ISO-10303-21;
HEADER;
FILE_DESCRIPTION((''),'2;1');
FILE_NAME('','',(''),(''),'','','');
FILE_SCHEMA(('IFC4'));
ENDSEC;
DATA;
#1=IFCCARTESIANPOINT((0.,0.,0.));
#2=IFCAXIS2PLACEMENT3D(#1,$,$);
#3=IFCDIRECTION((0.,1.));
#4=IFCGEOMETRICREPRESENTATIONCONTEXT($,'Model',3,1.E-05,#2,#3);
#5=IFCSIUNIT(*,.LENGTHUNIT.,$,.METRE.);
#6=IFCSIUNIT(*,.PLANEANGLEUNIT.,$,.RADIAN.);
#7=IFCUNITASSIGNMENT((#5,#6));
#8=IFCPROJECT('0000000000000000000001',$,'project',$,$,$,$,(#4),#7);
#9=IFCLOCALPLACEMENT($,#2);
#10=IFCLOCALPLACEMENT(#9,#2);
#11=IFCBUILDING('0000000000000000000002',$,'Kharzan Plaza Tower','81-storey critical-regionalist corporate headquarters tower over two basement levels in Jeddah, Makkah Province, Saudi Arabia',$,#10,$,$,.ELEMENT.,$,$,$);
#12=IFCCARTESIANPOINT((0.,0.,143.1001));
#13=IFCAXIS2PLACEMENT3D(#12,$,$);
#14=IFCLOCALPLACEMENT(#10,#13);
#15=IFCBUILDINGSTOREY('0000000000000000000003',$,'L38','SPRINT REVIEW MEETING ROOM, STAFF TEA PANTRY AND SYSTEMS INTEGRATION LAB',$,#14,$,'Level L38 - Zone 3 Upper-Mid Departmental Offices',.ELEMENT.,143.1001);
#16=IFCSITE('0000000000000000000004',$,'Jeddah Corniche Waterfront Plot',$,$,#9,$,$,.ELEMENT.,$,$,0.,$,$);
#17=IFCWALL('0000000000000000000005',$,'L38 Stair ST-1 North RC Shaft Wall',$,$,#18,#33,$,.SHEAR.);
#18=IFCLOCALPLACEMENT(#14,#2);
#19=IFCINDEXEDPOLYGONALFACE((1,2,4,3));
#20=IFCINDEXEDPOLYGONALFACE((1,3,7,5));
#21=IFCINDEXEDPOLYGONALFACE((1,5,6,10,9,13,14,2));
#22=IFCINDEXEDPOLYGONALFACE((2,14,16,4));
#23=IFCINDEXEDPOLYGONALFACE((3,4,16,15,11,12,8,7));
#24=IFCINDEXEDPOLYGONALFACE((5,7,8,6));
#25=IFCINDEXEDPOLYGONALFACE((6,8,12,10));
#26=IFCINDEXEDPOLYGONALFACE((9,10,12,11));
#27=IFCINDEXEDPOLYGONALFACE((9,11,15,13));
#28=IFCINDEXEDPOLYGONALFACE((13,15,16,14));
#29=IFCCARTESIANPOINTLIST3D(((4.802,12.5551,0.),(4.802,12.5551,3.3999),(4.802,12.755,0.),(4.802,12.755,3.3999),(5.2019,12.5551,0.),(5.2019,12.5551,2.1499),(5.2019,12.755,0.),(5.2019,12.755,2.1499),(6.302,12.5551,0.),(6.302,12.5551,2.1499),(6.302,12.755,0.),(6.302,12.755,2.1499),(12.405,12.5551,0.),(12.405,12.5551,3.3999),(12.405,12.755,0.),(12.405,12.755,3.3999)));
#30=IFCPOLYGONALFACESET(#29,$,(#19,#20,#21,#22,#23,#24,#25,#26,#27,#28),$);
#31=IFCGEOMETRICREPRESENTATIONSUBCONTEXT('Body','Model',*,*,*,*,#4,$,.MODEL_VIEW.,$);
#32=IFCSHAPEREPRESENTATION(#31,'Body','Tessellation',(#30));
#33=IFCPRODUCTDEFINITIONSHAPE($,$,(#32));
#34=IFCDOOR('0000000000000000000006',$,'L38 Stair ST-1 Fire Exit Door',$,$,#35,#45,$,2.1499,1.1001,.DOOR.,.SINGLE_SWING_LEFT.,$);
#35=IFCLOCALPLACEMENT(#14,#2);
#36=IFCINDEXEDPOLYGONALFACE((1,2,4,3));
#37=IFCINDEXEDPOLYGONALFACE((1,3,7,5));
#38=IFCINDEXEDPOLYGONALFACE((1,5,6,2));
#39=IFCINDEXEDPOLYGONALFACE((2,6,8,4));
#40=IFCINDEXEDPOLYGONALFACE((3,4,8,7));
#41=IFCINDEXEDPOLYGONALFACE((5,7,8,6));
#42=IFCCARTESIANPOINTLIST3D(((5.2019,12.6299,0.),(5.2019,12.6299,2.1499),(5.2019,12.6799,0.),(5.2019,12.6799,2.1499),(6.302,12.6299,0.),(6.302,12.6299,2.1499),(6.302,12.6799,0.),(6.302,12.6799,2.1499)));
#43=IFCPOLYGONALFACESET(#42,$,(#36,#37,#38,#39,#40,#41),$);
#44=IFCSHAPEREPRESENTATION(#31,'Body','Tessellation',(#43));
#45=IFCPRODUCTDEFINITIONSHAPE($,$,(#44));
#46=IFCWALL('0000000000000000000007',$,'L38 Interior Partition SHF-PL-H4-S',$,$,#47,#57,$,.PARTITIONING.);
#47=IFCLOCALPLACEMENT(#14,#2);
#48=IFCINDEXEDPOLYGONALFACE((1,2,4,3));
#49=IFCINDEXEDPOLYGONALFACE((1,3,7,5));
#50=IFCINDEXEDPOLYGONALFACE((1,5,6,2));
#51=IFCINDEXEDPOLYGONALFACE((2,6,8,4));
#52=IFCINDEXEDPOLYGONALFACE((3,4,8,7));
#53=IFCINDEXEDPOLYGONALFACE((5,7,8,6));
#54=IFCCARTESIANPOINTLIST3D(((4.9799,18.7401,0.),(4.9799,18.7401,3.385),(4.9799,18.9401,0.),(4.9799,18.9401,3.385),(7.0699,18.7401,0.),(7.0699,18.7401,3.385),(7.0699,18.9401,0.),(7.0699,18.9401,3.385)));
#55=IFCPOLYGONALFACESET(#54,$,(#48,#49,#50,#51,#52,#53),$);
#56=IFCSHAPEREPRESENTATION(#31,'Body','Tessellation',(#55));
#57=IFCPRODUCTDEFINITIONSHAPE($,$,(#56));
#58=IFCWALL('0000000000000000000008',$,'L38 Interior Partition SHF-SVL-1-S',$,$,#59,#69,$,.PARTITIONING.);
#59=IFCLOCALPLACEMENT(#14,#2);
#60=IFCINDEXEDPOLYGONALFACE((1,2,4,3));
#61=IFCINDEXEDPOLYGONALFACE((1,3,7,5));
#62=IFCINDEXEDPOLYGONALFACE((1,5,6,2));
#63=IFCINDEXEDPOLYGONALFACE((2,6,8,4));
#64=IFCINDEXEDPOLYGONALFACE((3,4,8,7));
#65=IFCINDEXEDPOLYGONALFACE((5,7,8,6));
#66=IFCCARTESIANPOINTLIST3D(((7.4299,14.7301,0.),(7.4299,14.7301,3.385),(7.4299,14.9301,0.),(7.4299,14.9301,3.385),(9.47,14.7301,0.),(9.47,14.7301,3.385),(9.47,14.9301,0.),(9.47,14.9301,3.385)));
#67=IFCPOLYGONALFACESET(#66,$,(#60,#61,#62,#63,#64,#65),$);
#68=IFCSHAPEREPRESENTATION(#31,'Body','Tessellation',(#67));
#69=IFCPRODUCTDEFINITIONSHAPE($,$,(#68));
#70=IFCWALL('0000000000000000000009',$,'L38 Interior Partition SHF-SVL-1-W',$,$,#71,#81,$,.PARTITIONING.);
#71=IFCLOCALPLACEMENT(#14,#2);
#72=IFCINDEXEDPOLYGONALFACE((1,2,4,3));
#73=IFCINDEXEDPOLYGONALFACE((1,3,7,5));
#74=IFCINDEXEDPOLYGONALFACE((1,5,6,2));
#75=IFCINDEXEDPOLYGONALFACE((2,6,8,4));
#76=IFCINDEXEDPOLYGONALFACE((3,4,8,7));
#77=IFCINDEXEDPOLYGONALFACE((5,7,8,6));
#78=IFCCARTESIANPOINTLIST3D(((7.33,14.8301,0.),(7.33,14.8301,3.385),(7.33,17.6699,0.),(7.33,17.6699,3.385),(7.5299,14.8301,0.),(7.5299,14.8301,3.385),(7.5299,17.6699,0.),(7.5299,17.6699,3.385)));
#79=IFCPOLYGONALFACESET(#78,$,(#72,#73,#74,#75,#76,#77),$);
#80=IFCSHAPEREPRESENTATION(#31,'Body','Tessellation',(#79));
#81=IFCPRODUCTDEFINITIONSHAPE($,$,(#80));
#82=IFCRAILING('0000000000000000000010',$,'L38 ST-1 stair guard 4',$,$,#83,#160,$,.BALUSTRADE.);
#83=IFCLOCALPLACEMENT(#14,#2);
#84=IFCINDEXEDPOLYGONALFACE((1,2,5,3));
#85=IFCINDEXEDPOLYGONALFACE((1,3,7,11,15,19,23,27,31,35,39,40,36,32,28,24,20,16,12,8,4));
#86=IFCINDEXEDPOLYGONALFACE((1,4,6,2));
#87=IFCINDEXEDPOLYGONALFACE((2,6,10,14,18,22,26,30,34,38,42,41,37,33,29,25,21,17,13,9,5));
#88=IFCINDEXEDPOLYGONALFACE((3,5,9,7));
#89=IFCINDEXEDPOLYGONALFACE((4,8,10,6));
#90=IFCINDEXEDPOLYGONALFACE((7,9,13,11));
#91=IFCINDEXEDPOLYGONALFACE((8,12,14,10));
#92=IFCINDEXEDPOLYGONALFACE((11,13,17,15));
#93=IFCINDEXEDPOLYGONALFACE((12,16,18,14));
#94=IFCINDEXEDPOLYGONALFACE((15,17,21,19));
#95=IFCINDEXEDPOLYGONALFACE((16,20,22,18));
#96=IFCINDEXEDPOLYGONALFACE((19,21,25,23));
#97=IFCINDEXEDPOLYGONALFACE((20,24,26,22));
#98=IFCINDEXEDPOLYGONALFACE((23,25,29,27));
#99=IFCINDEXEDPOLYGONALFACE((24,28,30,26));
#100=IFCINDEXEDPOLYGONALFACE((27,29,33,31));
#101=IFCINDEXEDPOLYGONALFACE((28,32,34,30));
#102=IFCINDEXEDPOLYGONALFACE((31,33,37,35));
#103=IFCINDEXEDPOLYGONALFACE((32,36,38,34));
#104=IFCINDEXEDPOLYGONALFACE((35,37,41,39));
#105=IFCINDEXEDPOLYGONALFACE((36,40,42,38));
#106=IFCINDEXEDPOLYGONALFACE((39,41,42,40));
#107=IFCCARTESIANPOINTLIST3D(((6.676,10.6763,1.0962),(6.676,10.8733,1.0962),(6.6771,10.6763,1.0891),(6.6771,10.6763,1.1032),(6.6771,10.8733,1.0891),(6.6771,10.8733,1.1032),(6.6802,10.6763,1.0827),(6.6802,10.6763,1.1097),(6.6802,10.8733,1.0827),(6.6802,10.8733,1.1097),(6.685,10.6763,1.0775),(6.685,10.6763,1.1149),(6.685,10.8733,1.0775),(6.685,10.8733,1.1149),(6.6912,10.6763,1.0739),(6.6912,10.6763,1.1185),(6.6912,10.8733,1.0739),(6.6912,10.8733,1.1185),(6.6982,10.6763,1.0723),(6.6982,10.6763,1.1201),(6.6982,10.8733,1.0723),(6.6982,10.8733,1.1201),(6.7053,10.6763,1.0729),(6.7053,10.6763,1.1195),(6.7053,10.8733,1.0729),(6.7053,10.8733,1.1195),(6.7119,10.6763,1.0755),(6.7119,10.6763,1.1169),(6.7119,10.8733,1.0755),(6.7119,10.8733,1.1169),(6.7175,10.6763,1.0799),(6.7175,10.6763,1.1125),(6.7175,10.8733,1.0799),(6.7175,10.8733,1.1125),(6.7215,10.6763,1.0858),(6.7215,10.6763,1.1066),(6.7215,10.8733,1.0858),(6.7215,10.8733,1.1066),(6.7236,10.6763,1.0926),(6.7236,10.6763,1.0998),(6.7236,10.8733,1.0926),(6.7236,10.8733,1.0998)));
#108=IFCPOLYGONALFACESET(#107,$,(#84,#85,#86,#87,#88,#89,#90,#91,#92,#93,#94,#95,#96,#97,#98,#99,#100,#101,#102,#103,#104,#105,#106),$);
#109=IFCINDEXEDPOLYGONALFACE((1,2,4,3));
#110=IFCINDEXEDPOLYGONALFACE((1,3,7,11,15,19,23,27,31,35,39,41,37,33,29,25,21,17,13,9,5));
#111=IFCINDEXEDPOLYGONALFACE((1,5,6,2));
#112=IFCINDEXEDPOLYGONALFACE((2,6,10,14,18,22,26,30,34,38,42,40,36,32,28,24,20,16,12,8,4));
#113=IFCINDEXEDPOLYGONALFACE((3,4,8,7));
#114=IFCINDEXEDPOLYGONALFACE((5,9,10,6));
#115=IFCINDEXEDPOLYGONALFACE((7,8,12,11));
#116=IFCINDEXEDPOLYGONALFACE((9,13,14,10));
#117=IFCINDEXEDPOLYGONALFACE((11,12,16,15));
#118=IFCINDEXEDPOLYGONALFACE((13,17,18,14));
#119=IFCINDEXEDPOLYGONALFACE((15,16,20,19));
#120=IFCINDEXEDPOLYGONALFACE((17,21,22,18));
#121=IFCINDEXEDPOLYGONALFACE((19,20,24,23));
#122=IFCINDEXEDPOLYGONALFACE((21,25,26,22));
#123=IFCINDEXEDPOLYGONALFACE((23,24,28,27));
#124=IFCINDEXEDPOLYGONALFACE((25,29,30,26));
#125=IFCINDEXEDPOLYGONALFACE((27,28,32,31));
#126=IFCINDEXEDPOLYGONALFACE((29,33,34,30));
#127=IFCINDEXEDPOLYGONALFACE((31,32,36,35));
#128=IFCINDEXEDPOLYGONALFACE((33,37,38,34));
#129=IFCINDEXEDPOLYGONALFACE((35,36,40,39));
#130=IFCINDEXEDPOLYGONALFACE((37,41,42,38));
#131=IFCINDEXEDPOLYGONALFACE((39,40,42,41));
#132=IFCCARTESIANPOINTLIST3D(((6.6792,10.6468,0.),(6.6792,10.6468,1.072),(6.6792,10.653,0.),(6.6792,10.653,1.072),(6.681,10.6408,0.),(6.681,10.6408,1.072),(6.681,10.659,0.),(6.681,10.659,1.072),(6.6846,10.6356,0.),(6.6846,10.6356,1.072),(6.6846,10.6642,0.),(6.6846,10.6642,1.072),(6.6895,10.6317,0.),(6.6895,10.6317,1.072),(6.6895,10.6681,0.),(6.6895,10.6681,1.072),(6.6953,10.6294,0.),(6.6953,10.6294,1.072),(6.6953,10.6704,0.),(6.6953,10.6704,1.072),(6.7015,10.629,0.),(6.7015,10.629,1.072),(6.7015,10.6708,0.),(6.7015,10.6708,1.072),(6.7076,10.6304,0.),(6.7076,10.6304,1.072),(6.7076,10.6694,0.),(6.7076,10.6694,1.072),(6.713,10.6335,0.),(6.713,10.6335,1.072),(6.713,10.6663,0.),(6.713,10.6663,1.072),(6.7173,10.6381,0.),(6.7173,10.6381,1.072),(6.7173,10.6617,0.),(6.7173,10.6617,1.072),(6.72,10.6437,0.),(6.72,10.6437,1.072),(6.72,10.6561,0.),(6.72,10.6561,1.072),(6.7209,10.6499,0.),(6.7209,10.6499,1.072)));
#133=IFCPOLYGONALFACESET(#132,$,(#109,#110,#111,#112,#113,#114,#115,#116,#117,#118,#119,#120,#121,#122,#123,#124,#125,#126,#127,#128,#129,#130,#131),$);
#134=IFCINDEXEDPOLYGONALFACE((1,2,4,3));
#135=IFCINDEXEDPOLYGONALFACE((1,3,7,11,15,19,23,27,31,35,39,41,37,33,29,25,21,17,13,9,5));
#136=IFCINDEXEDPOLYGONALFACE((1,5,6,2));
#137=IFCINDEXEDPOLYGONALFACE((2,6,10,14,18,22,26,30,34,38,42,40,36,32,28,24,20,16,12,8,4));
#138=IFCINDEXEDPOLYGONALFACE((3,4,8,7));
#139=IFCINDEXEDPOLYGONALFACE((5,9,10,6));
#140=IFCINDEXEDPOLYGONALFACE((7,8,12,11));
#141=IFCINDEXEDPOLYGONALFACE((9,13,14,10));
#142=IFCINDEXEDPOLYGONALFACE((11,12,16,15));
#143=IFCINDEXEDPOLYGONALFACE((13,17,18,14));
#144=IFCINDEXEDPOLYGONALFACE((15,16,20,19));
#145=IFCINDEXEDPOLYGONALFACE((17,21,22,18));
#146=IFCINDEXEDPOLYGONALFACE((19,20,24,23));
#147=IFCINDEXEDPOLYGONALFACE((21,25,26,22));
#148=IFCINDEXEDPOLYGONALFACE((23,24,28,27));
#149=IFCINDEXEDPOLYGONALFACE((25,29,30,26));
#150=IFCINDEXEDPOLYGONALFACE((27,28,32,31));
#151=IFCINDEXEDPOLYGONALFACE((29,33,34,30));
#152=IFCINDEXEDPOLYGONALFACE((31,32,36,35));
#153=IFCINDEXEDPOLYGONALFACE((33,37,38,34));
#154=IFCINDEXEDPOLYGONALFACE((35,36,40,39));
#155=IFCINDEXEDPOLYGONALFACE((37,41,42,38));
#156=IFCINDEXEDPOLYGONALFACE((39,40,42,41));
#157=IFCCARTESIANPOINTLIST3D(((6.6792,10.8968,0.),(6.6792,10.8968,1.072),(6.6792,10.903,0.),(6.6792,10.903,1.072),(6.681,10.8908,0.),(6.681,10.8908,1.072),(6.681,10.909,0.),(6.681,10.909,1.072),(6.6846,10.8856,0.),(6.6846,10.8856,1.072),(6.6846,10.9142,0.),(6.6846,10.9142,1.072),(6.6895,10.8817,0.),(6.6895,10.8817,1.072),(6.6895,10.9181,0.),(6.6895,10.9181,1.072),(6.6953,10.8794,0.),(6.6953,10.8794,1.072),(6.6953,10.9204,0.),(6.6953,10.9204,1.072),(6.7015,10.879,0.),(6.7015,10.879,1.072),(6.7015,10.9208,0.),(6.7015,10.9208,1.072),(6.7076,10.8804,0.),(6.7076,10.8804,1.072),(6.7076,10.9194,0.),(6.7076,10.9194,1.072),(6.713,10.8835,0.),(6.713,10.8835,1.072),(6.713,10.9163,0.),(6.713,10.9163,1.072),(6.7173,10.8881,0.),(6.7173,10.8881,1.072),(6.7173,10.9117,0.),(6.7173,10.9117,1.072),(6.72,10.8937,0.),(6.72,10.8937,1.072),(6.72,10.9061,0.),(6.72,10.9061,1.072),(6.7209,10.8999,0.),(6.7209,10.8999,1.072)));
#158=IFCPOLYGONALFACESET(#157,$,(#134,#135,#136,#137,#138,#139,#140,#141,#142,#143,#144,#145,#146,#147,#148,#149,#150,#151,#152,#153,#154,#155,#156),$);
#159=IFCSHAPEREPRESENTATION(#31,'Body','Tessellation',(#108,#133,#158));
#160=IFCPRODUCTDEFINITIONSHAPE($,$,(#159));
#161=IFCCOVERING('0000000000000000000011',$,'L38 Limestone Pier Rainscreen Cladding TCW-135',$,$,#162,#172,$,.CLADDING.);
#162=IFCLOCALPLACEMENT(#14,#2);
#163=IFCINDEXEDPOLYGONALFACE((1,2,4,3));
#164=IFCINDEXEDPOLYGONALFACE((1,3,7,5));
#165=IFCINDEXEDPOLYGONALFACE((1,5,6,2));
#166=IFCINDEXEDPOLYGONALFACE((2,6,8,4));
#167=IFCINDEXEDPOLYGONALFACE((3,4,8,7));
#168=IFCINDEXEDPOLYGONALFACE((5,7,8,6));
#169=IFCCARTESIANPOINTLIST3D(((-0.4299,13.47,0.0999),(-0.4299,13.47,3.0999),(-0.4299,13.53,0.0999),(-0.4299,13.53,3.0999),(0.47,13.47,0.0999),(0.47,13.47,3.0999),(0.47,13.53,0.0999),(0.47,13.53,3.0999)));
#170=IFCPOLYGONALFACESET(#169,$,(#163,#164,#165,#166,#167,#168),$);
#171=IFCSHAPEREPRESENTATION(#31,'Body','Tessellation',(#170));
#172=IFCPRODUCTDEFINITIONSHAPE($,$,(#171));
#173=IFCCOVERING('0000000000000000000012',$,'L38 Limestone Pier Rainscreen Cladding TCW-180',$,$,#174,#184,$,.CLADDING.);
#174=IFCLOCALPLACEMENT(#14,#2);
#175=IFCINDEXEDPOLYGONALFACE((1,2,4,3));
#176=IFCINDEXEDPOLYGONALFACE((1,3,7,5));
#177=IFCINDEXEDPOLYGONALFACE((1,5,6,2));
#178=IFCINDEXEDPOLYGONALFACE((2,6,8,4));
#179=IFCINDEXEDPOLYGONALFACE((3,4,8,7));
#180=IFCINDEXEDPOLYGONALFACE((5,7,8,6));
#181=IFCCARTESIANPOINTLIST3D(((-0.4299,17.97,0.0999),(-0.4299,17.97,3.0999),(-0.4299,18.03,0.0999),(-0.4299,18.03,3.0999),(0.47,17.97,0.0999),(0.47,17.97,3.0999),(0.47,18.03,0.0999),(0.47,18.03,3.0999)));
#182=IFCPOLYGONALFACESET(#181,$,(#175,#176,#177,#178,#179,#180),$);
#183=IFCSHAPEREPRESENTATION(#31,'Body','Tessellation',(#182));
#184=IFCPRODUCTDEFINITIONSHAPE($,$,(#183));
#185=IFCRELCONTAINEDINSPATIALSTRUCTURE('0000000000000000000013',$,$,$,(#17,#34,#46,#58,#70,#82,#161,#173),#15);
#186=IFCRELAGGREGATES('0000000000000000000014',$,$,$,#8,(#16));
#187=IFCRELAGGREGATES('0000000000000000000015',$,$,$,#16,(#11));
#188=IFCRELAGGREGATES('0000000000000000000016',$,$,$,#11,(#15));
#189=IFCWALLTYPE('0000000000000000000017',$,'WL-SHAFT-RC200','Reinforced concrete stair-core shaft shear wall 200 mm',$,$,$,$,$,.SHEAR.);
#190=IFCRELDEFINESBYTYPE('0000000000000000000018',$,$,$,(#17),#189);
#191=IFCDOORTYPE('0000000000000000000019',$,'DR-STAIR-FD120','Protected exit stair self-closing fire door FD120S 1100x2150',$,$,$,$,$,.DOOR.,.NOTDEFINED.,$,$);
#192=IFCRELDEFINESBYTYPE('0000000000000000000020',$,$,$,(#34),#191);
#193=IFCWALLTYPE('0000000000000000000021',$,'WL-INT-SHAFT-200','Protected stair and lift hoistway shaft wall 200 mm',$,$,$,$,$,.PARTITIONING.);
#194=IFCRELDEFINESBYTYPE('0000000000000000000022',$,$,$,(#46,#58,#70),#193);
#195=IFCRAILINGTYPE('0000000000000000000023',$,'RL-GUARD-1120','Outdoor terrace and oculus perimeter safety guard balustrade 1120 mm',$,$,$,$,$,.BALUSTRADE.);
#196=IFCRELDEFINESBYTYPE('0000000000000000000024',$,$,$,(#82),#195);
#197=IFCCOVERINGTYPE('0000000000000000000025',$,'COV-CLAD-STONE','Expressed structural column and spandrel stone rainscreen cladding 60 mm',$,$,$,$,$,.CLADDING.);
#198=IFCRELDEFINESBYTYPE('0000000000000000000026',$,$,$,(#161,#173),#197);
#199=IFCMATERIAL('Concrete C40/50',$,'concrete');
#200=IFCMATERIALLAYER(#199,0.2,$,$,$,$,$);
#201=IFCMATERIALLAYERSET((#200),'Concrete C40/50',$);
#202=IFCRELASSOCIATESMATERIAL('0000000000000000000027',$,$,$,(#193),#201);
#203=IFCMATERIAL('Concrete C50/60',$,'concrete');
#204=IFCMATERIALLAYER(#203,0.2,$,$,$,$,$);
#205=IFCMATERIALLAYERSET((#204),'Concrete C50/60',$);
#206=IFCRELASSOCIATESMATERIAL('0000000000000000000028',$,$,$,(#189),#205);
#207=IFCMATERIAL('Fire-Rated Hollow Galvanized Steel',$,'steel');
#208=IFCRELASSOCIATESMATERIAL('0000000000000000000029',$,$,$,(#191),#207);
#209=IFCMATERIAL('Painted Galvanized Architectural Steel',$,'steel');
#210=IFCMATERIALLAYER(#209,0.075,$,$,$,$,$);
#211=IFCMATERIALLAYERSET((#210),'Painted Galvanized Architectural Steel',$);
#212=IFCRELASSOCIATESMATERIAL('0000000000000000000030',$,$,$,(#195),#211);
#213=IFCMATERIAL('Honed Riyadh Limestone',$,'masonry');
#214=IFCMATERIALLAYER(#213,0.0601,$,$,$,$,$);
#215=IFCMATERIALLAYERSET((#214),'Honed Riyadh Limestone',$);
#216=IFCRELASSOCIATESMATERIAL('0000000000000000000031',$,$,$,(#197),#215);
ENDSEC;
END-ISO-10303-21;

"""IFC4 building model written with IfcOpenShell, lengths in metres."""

from ifc_helpers import new_model, si_unit, direction, frame, frame_2d, origin, origin_2d, place, context, subcontext, project, spatial, rectangle, circle, extrude, source, transform, mapped, material, layer, layer_set, type_object, element, fill, save


model = new_model("IFC4")

# Units and contexts
model_context = context("Model", 3, precision=1e-05, world=origin(), true_north=direction((0.0, 1.0)))
body_context = subcontext(model_context, "Body", "Model", "MODEL_VIEW")
ifc_project = project(units=[si_unit("LENGTHUNIT", "METRE"), si_unit("PLANEANGLEUNIT", "RADIAN")], contexts=[model_context])

# Site, building, storey
site_placement = place(None, origin())
site = spatial("IfcSite", under=ifc_project, at=site_placement, Name="Jeddah Corniche Waterfront Plot", CompositionType="ELEMENT", RefElevation=0.0)
building_placement = place(site_placement, origin())
building = spatial("IfcBuilding", under=site, at=building_placement, Name="Kharzan Plaza Tower", Description="81-storey critical-regionalist corporate headquarters tower over two basement levels in Jeddah, Makkah Province, Saudi Arabia", CompositionType="ELEMENT")
storey_placement = place(building_placement, frame((0.0, 0.0, 143.1001)))
storey = spatial("IfcBuildingStorey", under=building, at=storey_placement, Name="L38", Description="SPRINT REVIEW MEETING ROOM, STAFF TEA PANTRY AND SYSTEMS INTEGRATION LAB", LongName="Level L38 - Zone 3 Upper-Mid Departmental Offices", CompositionType="ELEMENT", Elevation=143.1001)

# Shared definitions
ifc_material_1 = material(Name="Concrete C50/60", Category="concrete")

# Shared definitions
ifc_material_2 = material(Name="Concrete C40/50", Category="concrete")

# Wall, opening, door
ifc_layer_1 = layer(ifc_material_2, 0.2)
ifc_layer_set_1 = layer_set([ifc_layer_1], Name="Concrete C40/50")
wall_type_1 = type_object("IfcWallType", Name="WL-INT-SHAFT-200", Description="Protected stair and lift hoistway shaft wall 200 mm", PredefinedType="PARTITIONING", material=ifc_layer_set_1)
ifc_layer_2 = layer(ifc_material_1, 0.2)
ifc_layer_set_2 = layer_set([ifc_layer_2], Name="Concrete C50/60")
wall_type_2 = type_object("IfcWallType", Name="WL-SHAFT-RC200", Description="Reinforced concrete stair-core shaft shear wall 200 mm", PredefinedType="SHEAR", material=ifc_layer_set_2)
wall_1_placement = place(storey_placement, frame((4.802, 12.655, 0.0), z_axis=(0.0, 0.0, 1.0), x_axis=(1.0, 0.0, 0.0)))
wall_1 = element("IfcWall", 1, at=wall_1_placement, inside=storey, type_object=wall_type_2, Name="L38 Stair ST-1 North RC Shaft Wall", PredefinedType="SHEAR", context=body_context, shape_type="SweptSolid", body=[
    extrude(rectangle(XDim=7.603, YDim=0.2, at=frame_2d((3.8015, 0.0))), origin(), (0.0, 0.0, 1.0), 3.3999),
])
opening_1_placement = place(wall_1_placement, frame((0.3999, 0.0, 0.0)))
opening_1 = element("IfcOpeningElement", 2, at=opening_1_placement, cuts=wall_1, PredefinedType="OPENING", context=body_context, shape_type="SweptSolid", body=[
    extrude(rectangle(XDim=1.1001, YDim=2.1499, at=frame_2d((0.55, 1.075))), frame((0.0, 0.1099, 0.0), z_axis=(0.0, -1.0, 0.0), x_axis=(1.0, 0.0, 0.0)), (0.0, 0.0, 1.0), 0.22),
])
ifc_material_3 = material(Name="Fire-Rated Hollow Galvanized Steel", Category="steel")
door_type_1 = type_object("IfcDoorType", Name="DR-STAIR-FD120", Description="Protected exit stair self-closing fire door FD120S 1100x2150", OperationType="NOTDEFINED", PredefinedType="DOOR", material=ifc_material_3)
shared_shape_1 = source(origin(), body_context, "Body", "SweptSolid", [
    extrude(rectangle(XDim=1.1001, YDim=2.1499, at=frame_2d((0.55, 1.075))), frame((0.0, 0.0249, 0.0), z_axis=(0.0, -1.0, 0.0), x_axis=(1.0, 0.0, 0.0)), (0.0, 0.0, 1.0), 0.05),
])
door_1_placement = place(opening_1_placement, origin())
door_1 = element("IfcDoor", 3, at=door_1_placement, inside=storey, type_object=door_type_1, Name="L38 Stair ST-1 Fire Exit Door", OperationType="SINGLE_SWING_LEFT", OverallHeight=2.1499, OverallWidth=1.1001, PredefinedType="DOOR", context=body_context, shape_type="MappedRepresentation", body=[
    mapped(shared_shape_1, transform((0.0, 0.0, 0.0), x_axis=(1.0, 0.0, 0.0), y_axis=(0.0, 1.0, 0.0), z_axis=(0.0, 0.0, 1.0))),
])
fill(opening_1, door_1)

# Walls
shared_shape_2 = source(origin(), body_context, "Body", "SweptSolid", [
    extrude(rectangle(XDim=2.0901, YDim=0.2, at=frame_2d((1.0449, 0.0))), origin(), (0.0, 0.0, 1.0), 3.385),
])
wall_2_placement = place(storey_placement, frame((4.98, 18.8401, 0.0), z_axis=(0.0, 0.0, 1.0), x_axis=(1.0, 0.0, 0.0)))
element("IfcWall", 4, at=wall_2_placement, inside=storey, type_object=wall_type_1, Name="L38 Interior Partition SHF-PL-H4-S", PredefinedType="PARTITIONING", context=body_context, shape_type="MappedRepresentation", body=[
    mapped(shared_shape_2, transform((0.0, 0.0, 0.0), x_axis=(1.0, 0.0, 0.0), y_axis=(0.0, 1.0, 0.0), z_axis=(0.0, 0.0, 1.0))),
])
shared_shape_3 = source(origin(), body_context, "Body", "SweptSolid", [
    extrude(rectangle(XDim=2.04, YDim=0.2, at=frame_2d((1.02, 0.0))), origin(), (0.0, 0.0, 1.0), 3.385),
])
wall_3_placement = place(storey_placement, frame((7.4299, 14.8301, 0.0), z_axis=(0.0, 0.0, 1.0), x_axis=(1.0, 0.0, 0.0)))
element("IfcWall", 5, at=wall_3_placement, inside=storey, type_object=wall_type_1, Name="L38 Interior Partition SHF-SVL-1-S", PredefinedType="PARTITIONING", context=body_context, shape_type="MappedRepresentation", body=[
    mapped(shared_shape_3, transform((0.0, 0.0, 0.0), x_axis=(1.0, 0.0, 0.0), y_axis=(0.0, 1.0, 0.0), z_axis=(0.0, 0.0, 1.0))),
])
shared_shape_4 = source(origin(), body_context, "Body", "SweptSolid", [
    extrude(rectangle(XDim=2.8398, YDim=0.2, at=frame_2d((1.4199, 0.0))), origin(), (0.0, 0.0, 1.0), 3.385),
])
wall_4_placement = place(storey_placement, frame((7.4299, 14.8301, 0.0), z_axis=(0.0, 0.0, 1.0), x_axis=(0.0, 1.0, 0.0)))
element("IfcWall", 6, at=wall_4_placement, inside=storey, type_object=wall_type_1, Name="L38 Interior Partition SHF-SVL-1-W", PredefinedType="PARTITIONING", context=body_context, shape_type="MappedRepresentation", body=[
    mapped(shared_shape_4, transform((0.0, 0.0, 0.0), x_axis=(1.0, 0.0, 0.0), y_axis=(0.0, 1.0, 0.0), z_axis=(0.0, 0.0, 1.0))),
])

# Railing
ifc_material_4 = material(Name="Painted Galvanized Architectural Steel", Category="steel")
ifc_layer_3 = layer(ifc_material_4, 0.075)
ifc_layer_set_3 = layer_set([ifc_layer_3], Name="Painted Galvanized Architectural Steel")
railing_type = type_object("IfcRailingType", Name="RL-GUARD-1120", Description="Outdoor terrace and oculus perimeter safety guard balustrade 1120 mm", PredefinedType="BALUSTRADE", material=ifc_layer_set_3)
shared_shape_5 = source(origin(), body_context, "Body", "SweptSolid", [
    extrude(circle(Radius=0.0239, at=origin_2d()), frame((0.0, 0.0264, 1.0962), z_axis=(0.0, 1.0, 0.0), x_axis=(-1.0, 0.0, 0.0)), (0.0, 0.0, 1.0), 0.197),
    extrude(circle(Radius=0.021, at=origin_2d()), origin(), (0.0, 0.0, 1.0), 1.072),
    extrude(circle(Radius=0.021, at=origin_2d()), frame((0.0, 0.25, 0.0)), (0.0, 0.0, 1.0), 1.072),
])
railing_1_placement = place(storey_placement, frame((6.7, 10.6499, 0.0)))
element("IfcRailing", 7, at=railing_1_placement, inside=storey, type_object=railing_type, Name="L38 ST-1 stair guard 4", PredefinedType="BALUSTRADE", context=body_context, shape_type="MappedRepresentation", body=[
    mapped(shared_shape_5, transform((0.0, 0.0, 0.0), x_axis=(1.0, 0.0, 0.0), y_axis=(0.0, 1.0, 0.0), z_axis=(0.0, 0.0, 1.0))),
])

# Coverings
ifc_material_5 = material(Name="Honed Riyadh Limestone", Category="masonry")
ifc_layer_4 = layer(ifc_material_5, 0.0601)
ifc_layer_set_4 = layer_set([ifc_layer_4], Name="Honed Riyadh Limestone")
covering_type = type_object("IfcCoveringType", Name="COV-CLAD-STONE", Description="Expressed structural column and spandrel stone rainscreen cladding 60 mm", PredefinedType="CLADDING", material=ifc_layer_set_4)
shared_shape_6 = source(origin(), body_context, "Body", "SweptSolid", [
    extrude(rectangle(XDim=0.0601, YDim=0.8999, at=origin_2d()), origin(), (0.0, 0.0, 1.0), 3.0),
])
for number, where, z_axis, x_axis, name in (
    (8, (0.02, 13.5, 0.0999), (0.0, 0.0, 1.0), (0.0, 1.0, 0.0), "L38 Limestone Pier Rainscreen Cladding TCW-135"),
    (9, (0.02, 18.0, 0.0999), (0.0, 0.0, 1.0), (0.0, 1.0, 0.0), "L38 Limestone Pier Rainscreen Cladding TCW-180"),
):
    element("IfcCovering", number, at=place(storey_placement, frame(where, z_axis=z_axis, x_axis=x_axis)), inside=storey, type_object=covering_type, Name=name, PredefinedType="CLADDING", context=body_context, shape_type="MappedRepresentation", body=[
        mapped(shared_shape_6, transform((0.0, 0.0, 0.0), x_axis=(1.0, 0.0, 0.0), y_axis=(0.0, 1.0, 0.0), z_axis=(0.0, 0.0, 1.0))),
    ])

save(model, "model.ifc")
